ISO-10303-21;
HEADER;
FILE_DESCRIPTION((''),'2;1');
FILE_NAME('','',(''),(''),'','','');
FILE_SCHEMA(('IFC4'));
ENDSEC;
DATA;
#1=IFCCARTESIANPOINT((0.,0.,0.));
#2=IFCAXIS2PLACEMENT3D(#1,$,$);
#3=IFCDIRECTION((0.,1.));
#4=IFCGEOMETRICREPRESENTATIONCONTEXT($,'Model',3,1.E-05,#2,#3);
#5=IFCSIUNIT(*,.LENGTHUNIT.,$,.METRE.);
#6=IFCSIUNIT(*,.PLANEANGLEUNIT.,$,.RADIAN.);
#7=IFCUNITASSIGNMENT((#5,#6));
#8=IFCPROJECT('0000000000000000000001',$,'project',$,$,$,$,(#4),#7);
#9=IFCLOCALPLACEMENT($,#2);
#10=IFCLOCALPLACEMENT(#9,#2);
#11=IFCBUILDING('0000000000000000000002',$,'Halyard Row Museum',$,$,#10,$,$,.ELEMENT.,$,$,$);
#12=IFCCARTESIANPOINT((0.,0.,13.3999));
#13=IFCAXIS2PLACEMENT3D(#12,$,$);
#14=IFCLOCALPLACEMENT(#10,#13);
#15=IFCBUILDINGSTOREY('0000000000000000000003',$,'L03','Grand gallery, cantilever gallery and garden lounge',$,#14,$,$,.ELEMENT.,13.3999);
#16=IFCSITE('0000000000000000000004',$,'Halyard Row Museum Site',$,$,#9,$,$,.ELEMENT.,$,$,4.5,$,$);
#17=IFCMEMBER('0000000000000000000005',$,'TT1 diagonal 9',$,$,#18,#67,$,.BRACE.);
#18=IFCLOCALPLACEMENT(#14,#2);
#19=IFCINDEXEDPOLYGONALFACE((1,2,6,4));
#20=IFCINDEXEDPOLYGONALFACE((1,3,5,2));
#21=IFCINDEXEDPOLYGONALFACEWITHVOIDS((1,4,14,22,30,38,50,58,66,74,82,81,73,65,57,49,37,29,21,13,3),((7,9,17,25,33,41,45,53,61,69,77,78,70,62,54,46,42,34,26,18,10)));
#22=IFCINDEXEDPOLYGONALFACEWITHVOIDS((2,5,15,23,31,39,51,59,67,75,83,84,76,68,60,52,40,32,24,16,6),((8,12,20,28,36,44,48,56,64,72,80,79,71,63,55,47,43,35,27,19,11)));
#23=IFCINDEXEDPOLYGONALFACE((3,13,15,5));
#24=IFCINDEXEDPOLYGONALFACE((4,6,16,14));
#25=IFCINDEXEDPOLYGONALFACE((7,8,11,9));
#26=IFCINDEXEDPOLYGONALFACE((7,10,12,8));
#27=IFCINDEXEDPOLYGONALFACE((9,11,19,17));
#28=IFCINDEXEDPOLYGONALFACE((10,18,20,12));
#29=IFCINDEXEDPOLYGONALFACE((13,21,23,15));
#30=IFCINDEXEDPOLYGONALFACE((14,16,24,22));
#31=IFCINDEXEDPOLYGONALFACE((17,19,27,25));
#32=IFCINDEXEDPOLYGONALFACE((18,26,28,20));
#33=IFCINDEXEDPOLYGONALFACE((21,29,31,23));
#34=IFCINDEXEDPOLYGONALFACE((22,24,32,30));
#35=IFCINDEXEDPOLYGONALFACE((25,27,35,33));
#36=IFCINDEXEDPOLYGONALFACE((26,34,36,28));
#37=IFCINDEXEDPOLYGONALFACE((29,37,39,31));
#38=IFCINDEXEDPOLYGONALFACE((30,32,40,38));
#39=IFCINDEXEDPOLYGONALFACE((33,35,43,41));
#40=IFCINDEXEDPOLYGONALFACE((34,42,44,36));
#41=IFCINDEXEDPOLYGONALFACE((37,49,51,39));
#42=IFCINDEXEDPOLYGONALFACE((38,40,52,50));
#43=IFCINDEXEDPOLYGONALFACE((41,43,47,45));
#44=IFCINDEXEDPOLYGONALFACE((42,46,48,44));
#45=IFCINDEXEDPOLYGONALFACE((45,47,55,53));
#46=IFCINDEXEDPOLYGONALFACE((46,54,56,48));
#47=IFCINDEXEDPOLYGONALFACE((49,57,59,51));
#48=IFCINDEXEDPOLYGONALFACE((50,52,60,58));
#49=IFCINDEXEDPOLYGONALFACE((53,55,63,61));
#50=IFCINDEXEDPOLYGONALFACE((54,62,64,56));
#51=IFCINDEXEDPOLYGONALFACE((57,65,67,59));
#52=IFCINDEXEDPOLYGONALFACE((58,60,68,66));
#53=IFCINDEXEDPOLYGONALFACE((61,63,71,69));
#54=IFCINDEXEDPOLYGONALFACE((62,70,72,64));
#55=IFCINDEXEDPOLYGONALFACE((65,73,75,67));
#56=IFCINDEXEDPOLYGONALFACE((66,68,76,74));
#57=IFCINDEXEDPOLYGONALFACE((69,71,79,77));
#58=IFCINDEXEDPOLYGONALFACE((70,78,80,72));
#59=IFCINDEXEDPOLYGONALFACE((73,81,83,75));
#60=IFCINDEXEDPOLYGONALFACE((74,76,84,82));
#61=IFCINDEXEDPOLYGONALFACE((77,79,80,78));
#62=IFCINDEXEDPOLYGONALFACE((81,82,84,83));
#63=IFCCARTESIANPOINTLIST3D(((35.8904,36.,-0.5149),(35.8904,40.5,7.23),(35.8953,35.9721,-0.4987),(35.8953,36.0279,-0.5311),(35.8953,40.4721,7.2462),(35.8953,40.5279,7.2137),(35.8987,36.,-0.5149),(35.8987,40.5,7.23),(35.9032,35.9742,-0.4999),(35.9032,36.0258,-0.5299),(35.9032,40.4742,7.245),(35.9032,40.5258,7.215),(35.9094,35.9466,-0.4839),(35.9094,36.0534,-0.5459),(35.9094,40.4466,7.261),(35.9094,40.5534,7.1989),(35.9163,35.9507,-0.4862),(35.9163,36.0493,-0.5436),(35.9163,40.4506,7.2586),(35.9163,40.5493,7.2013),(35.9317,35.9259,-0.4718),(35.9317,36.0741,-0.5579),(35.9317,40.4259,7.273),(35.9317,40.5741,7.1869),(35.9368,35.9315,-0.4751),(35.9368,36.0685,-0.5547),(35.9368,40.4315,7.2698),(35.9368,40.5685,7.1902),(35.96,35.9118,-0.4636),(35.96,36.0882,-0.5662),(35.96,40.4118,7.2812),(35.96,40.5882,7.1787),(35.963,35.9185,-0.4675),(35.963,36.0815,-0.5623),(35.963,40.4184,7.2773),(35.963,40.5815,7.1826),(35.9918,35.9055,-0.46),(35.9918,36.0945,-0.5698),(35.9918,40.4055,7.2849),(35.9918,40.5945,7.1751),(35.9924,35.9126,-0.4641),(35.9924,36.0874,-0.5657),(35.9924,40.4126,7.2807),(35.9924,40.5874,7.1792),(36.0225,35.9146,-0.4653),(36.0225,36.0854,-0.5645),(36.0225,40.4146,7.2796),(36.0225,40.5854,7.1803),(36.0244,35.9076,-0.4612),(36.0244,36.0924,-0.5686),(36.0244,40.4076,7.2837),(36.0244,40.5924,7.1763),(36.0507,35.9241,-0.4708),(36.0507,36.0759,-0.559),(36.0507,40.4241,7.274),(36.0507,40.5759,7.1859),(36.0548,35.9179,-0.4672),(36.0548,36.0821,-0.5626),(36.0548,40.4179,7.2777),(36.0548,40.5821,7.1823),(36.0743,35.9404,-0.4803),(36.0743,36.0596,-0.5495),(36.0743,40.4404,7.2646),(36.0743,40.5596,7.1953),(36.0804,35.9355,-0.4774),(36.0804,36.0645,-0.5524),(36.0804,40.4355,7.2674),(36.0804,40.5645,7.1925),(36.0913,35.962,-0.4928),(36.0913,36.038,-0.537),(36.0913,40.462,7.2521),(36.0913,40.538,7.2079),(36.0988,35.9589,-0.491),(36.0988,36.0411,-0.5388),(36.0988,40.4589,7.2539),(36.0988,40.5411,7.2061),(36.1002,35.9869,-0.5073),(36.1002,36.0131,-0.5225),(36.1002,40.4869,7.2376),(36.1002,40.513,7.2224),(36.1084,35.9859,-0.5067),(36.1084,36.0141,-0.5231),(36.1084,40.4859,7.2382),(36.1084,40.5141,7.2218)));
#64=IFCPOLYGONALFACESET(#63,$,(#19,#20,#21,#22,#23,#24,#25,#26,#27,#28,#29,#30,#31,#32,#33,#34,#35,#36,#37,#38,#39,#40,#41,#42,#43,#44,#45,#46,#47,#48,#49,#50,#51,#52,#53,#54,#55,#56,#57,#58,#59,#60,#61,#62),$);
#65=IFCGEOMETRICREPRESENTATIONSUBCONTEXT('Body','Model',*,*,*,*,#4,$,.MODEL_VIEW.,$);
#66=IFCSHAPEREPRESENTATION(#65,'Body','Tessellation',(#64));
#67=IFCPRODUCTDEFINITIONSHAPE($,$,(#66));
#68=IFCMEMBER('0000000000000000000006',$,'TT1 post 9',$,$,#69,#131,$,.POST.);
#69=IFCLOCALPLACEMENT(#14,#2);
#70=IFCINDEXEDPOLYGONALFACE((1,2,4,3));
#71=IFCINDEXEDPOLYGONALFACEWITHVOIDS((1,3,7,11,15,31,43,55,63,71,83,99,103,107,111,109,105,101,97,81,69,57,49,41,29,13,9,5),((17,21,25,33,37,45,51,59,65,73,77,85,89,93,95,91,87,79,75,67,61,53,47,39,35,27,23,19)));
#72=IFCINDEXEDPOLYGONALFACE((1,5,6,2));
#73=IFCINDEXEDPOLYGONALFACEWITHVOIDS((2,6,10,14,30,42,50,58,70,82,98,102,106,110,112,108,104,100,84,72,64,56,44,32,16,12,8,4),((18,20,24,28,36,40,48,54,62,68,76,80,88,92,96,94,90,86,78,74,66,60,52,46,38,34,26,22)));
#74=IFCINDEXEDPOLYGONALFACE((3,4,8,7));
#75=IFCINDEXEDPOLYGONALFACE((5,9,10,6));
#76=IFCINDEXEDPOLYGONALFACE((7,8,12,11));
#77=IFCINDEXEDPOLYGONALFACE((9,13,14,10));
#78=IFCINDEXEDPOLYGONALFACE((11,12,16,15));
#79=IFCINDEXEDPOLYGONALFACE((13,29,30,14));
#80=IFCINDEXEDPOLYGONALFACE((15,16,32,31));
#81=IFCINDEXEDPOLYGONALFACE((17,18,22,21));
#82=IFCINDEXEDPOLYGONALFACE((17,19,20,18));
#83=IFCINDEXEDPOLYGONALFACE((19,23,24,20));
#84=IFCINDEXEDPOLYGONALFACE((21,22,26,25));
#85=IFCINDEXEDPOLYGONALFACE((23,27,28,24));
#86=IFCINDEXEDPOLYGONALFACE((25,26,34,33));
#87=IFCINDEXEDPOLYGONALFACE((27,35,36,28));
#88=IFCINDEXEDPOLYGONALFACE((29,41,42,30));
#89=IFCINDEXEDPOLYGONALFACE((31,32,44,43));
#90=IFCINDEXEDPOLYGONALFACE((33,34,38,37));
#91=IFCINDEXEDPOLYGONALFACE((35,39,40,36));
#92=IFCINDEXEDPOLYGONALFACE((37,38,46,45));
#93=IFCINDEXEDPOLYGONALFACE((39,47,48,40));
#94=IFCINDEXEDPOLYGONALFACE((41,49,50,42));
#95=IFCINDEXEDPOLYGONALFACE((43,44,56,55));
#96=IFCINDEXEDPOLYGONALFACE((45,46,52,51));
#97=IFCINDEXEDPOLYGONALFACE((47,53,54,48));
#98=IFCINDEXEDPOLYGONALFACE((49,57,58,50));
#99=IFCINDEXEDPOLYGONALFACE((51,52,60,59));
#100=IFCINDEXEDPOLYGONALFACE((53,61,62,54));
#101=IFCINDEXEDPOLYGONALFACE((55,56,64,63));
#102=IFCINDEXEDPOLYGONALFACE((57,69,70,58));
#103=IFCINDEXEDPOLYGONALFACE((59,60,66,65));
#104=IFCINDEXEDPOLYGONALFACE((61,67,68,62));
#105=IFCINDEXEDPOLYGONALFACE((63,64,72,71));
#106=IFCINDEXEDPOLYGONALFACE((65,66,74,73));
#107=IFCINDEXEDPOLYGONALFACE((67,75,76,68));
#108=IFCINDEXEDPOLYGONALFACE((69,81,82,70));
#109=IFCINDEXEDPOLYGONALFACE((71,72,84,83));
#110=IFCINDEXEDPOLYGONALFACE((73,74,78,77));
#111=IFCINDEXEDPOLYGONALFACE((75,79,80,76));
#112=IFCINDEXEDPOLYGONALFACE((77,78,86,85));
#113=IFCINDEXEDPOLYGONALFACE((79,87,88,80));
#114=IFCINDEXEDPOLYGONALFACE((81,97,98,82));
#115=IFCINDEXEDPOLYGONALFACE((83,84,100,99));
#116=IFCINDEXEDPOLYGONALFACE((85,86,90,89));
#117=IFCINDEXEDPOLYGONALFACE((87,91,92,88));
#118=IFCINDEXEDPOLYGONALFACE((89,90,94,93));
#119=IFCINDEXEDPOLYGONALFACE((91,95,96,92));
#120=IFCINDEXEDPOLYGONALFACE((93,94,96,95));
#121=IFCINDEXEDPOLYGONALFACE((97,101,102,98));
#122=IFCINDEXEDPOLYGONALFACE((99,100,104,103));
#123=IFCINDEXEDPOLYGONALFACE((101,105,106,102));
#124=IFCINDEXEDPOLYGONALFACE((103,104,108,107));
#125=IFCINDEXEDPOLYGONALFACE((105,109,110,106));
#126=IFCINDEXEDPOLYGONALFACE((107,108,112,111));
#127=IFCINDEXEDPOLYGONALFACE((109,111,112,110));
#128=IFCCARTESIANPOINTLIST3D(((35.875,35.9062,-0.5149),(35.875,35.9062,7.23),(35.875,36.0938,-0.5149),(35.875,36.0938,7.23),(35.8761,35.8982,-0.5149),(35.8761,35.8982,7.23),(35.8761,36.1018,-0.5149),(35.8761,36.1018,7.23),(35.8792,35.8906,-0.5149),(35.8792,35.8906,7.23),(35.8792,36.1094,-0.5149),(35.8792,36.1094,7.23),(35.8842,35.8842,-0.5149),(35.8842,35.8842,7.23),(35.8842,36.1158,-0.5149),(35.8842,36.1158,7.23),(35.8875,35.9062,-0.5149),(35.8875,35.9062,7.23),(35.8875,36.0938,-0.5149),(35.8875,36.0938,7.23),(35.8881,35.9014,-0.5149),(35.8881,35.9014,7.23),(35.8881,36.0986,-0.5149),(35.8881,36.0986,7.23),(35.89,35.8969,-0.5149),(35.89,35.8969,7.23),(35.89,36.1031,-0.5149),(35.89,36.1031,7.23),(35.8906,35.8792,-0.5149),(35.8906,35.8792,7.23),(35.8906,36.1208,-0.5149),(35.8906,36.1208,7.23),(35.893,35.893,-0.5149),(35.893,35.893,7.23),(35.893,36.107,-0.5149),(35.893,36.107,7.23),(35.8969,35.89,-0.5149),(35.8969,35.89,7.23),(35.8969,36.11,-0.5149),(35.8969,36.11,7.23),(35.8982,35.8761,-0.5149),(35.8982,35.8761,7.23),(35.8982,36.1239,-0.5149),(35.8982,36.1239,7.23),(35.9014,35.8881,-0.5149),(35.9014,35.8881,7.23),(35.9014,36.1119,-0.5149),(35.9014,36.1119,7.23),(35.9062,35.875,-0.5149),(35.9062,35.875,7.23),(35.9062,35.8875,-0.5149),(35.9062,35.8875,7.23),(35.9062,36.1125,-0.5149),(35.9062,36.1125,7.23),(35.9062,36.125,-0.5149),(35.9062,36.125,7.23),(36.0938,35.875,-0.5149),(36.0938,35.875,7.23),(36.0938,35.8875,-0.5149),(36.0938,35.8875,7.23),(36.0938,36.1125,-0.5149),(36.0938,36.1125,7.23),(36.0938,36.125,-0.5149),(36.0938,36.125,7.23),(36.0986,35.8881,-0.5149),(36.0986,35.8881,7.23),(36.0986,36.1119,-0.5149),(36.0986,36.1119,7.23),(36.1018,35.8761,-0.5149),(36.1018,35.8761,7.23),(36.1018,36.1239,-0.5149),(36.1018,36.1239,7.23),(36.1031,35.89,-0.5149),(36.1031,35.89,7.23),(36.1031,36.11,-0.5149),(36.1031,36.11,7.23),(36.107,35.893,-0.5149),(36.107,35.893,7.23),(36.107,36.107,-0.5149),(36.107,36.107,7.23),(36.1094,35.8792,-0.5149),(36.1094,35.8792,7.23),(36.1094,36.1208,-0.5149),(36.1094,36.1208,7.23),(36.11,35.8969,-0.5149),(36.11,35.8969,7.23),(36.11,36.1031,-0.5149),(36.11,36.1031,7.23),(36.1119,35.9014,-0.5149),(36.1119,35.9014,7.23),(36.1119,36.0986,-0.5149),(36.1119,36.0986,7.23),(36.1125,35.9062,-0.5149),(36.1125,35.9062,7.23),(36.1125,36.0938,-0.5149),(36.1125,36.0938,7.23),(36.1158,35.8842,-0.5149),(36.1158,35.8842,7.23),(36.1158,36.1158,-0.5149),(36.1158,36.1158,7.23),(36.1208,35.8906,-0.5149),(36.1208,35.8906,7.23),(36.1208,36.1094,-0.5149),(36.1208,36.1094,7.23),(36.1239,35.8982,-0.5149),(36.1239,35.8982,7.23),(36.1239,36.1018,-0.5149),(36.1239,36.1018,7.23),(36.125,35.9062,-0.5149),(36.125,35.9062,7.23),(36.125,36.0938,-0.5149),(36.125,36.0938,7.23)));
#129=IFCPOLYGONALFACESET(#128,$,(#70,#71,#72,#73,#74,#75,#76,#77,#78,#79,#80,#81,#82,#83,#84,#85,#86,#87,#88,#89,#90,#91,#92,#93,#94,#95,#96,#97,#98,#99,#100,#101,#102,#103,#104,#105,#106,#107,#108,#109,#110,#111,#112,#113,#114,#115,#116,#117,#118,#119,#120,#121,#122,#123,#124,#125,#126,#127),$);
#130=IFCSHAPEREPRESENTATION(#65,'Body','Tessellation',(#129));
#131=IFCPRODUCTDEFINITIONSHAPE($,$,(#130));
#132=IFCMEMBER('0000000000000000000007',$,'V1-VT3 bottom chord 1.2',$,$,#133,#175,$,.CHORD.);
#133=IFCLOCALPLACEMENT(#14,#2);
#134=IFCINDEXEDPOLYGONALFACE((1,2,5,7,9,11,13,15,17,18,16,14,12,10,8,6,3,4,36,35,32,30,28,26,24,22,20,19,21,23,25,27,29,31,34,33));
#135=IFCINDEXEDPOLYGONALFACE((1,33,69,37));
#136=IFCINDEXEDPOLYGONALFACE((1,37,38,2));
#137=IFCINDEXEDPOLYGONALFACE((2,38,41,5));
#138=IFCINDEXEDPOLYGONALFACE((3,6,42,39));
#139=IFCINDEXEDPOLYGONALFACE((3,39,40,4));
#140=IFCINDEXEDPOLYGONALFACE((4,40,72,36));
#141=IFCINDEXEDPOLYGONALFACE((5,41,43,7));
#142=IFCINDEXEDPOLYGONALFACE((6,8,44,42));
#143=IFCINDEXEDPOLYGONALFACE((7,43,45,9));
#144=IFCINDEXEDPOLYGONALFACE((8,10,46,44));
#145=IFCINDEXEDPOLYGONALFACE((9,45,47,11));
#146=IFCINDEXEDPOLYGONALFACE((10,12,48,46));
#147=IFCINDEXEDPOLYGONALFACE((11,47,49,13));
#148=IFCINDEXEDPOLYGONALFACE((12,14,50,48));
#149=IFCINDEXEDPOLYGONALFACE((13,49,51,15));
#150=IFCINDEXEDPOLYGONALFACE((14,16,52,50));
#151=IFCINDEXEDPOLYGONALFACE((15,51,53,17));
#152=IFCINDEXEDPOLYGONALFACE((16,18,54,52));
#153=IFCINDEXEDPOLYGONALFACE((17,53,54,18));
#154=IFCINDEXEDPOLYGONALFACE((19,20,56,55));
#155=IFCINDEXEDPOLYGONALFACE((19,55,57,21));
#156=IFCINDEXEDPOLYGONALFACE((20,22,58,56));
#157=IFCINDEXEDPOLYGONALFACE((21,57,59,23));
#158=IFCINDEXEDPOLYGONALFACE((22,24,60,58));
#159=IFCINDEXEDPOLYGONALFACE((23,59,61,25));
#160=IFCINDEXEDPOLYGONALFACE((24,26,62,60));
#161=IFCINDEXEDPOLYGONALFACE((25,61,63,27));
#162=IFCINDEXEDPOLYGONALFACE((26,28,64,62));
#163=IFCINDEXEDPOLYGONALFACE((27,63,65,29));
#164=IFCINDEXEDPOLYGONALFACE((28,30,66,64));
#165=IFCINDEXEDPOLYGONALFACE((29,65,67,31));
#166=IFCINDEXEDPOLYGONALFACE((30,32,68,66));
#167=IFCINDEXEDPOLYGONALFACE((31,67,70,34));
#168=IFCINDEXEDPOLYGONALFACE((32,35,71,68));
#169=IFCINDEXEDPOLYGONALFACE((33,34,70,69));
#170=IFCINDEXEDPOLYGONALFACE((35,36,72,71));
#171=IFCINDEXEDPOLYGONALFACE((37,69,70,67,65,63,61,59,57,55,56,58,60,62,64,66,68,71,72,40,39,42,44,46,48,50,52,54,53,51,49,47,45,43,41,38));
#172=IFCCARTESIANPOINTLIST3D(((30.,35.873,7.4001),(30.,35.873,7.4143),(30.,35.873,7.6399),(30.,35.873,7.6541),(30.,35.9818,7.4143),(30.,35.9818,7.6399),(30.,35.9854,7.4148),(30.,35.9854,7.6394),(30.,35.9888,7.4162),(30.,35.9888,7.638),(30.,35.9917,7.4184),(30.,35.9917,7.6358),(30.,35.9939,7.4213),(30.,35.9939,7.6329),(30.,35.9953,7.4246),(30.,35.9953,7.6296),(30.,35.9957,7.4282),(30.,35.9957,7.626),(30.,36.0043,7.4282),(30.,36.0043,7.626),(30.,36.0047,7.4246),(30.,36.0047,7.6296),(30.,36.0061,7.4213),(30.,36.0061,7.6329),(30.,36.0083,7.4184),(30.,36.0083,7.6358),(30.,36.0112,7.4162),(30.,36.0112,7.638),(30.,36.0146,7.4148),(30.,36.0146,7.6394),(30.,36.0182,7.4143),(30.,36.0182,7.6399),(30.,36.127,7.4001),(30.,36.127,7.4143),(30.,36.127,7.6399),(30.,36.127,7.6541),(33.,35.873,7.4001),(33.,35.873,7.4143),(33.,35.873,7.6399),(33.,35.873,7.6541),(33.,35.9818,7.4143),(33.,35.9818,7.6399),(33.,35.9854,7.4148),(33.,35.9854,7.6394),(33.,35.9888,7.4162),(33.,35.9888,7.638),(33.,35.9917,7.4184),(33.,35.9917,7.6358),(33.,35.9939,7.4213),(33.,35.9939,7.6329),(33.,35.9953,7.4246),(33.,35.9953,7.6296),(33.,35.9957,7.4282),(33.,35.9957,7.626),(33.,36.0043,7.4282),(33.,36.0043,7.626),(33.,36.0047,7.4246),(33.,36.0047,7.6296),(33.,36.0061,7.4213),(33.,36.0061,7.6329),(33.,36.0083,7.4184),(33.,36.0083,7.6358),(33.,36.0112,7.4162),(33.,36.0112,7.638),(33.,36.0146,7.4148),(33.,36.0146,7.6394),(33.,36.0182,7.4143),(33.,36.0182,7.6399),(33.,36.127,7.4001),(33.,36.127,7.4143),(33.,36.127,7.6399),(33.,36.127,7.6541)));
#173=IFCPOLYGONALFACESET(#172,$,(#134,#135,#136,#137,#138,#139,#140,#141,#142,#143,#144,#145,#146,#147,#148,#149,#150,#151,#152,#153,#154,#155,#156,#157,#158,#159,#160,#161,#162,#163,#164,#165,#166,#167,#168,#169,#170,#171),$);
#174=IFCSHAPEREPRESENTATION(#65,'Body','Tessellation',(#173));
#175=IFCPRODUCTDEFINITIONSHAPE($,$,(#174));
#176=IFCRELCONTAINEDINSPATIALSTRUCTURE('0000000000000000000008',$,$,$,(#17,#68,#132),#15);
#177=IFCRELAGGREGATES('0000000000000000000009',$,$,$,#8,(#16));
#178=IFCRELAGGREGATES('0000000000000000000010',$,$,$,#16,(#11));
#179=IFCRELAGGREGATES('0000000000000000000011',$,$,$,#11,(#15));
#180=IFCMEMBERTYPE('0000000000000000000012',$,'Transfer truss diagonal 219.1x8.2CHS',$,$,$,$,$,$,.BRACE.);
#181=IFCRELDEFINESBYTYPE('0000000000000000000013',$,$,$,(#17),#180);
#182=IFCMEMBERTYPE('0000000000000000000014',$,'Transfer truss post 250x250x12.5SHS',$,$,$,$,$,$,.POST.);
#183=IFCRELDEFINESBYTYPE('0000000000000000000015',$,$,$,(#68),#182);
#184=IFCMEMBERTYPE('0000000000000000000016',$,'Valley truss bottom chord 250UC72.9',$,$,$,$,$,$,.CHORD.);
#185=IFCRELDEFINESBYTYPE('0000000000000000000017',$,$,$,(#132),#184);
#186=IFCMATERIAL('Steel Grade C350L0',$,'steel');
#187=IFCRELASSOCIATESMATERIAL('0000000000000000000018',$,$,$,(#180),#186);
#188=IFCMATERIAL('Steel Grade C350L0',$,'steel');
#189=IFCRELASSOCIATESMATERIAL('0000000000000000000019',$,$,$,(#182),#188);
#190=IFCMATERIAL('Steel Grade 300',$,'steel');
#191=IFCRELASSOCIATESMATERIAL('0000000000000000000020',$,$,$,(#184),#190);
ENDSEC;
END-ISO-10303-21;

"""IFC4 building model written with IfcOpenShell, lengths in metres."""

from ifc_helpers import new_model, si_unit, direction, frame, origin, origin_2d, place, context, subcontext, project, spatial, hollow_rectangle, hollow_circle, i_section, extrude, material, material_profile, profile_set, type_object, element, save


model = new_model("IFC4")

# Units and contexts
model_context = context("Model", 3, precision=1e-05, world=origin(), true_north=direction((0.0, 1.0)))
body_context = subcontext(model_context, "Body", "Model", "MODEL_VIEW")
ifc_project = project(units=[si_unit("LENGTHUNIT", "METRE"), si_unit("PLANEANGLEUNIT", "RADIAN")], contexts=[model_context])

# Site, building, storey
site_placement = place(None, origin())
site = spatial("IfcSite", under=ifc_project, at=site_placement, Name="Halyard Row Museum Site", CompositionType="ELEMENT", RefElevation=4.5)
building_placement = place(site_placement, origin())
building = spatial("IfcBuilding", under=site, at=building_placement, Name="Halyard Row Museum", CompositionType="ELEMENT")
storey_placement = place(building_placement, frame((0.0, 0.0, 13.3999)))
storey = spatial("IfcBuildingStorey", under=building, at=storey_placement, Name="L03", Description="Grand gallery, cantilever gallery and garden lounge", CompositionType="ELEMENT", Elevation=13.3999)

# Members
ifc_material_1 = material(Name="Steel Grade C350L0", Category="steel")
ifc_material_profile_1 = material_profile(ifc_material_1, hollow_circle(Radius=0.1096, WallThickness=0.0083, at=origin_2d()), Name="219.1x8.2CHS")
ifc_profile_set_1 = profile_set([ifc_material_profile_1], Name="Steel Grade C350L0")
member_type_1 = type_object("IfcMemberType", Name="Transfer truss diagonal 219.1x8.2CHS", PredefinedType="BRACE", material=ifc_profile_set_1)
member_1_placement = place(storey_placement, frame((36.0, 36.0, -0.5149), z_axis=(0.0, 0.502384, 0.864645), x_axis=(-1.0, 0.0, 0.0)))
element("IfcMember", 1, at=member_1_placement, inside=storey, type_object=member_type_1, Name="TT1 diagonal 9", PredefinedType="BRACE", context=body_context, shape_type="SweptSolid", body=[
    extrude(hollow_circle(Radius=0.1096, WallThickness=0.0083, at=origin_2d()), origin(), (0.0, 0.0, 1.0), 8.9573),
])
ifc_material_2 = material(Name="Steel Grade C350L0", Category="steel")
ifc_material_profile_2 = material_profile(ifc_material_2, hollow_rectangle(XDim=0.25, YDim=0.25, WallThickness=0.0125, InnerFilletRadius=0.0188, OuterFilletRadius=0.0312, at=origin_2d()), Name="250x250x12.5SHS")
ifc_profile_set_2 = profile_set([ifc_material_profile_2], Name="Steel Grade C350L0")
member_type_2 = type_object("IfcMemberType", Name="Transfer truss post 250x250x12.5SHS", PredefinedType="POST", material=ifc_profile_set_2)
member_2_placement = place(storey_placement, frame((36.0, 36.0, -0.5149), z_axis=(0.0, 0.0, 1.0), x_axis=(1.0, 0.0, 0.0)))
element("IfcMember", 2, at=member_2_placement, inside=storey, type_object=member_type_2, Name="TT1 post 9", PredefinedType="POST", context=body_context, shape_type="SweptSolid", body=[
    extrude(hollow_rectangle(XDim=0.25, YDim=0.25, WallThickness=0.0125, InnerFilletRadius=0.0188, OuterFilletRadius=0.0312, at=origin_2d()), origin(), (0.0, 0.0, 1.0), 7.7449),
])
ifc_material_3 = material(Name="Steel Grade 300", Category="steel")
ifc_material_profile_3 = material_profile(ifc_material_3, i_section(OverallWidth=0.2539, OverallDepth=0.2539, WebThickness=0.0085, FlangeThickness=0.0142, FilletRadius=0.0139, at=origin_2d()), Name="250UC72.9")
ifc_profile_set_3 = profile_set([ifc_material_profile_3], Name="Steel Grade 300")
member_type_3 = type_object("IfcMemberType", Name="Valley truss bottom chord 250UC72.9", PredefinedType="CHORD", material=ifc_profile_set_3)
for number, where, z_axis, x_axis, name in (
    (3, (30.0, 36.0, 7.5271), (1.0, 0.0, 0.0), (0.0, 1.0, 0.0), "V1-VT3 bottom chord 1.2"),
):
    element("IfcMember", number, at=place(storey_placement, frame(where, z_axis=z_axis, x_axis=x_axis)), inside=storey, type_object=member_type_3, Name=name, PredefinedType="CHORD", context=body_context, shape_type="SweptSolid", body=[
        extrude(i_section(OverallWidth=0.2539, OverallDepth=0.2539, WebThickness=0.0085, FlangeThickness=0.0142, FilletRadius=0.0139, at=origin_2d()), origin(), (0.0, 0.0, 1.0), 3.0),
    ])

save(model, "model.ifc")
